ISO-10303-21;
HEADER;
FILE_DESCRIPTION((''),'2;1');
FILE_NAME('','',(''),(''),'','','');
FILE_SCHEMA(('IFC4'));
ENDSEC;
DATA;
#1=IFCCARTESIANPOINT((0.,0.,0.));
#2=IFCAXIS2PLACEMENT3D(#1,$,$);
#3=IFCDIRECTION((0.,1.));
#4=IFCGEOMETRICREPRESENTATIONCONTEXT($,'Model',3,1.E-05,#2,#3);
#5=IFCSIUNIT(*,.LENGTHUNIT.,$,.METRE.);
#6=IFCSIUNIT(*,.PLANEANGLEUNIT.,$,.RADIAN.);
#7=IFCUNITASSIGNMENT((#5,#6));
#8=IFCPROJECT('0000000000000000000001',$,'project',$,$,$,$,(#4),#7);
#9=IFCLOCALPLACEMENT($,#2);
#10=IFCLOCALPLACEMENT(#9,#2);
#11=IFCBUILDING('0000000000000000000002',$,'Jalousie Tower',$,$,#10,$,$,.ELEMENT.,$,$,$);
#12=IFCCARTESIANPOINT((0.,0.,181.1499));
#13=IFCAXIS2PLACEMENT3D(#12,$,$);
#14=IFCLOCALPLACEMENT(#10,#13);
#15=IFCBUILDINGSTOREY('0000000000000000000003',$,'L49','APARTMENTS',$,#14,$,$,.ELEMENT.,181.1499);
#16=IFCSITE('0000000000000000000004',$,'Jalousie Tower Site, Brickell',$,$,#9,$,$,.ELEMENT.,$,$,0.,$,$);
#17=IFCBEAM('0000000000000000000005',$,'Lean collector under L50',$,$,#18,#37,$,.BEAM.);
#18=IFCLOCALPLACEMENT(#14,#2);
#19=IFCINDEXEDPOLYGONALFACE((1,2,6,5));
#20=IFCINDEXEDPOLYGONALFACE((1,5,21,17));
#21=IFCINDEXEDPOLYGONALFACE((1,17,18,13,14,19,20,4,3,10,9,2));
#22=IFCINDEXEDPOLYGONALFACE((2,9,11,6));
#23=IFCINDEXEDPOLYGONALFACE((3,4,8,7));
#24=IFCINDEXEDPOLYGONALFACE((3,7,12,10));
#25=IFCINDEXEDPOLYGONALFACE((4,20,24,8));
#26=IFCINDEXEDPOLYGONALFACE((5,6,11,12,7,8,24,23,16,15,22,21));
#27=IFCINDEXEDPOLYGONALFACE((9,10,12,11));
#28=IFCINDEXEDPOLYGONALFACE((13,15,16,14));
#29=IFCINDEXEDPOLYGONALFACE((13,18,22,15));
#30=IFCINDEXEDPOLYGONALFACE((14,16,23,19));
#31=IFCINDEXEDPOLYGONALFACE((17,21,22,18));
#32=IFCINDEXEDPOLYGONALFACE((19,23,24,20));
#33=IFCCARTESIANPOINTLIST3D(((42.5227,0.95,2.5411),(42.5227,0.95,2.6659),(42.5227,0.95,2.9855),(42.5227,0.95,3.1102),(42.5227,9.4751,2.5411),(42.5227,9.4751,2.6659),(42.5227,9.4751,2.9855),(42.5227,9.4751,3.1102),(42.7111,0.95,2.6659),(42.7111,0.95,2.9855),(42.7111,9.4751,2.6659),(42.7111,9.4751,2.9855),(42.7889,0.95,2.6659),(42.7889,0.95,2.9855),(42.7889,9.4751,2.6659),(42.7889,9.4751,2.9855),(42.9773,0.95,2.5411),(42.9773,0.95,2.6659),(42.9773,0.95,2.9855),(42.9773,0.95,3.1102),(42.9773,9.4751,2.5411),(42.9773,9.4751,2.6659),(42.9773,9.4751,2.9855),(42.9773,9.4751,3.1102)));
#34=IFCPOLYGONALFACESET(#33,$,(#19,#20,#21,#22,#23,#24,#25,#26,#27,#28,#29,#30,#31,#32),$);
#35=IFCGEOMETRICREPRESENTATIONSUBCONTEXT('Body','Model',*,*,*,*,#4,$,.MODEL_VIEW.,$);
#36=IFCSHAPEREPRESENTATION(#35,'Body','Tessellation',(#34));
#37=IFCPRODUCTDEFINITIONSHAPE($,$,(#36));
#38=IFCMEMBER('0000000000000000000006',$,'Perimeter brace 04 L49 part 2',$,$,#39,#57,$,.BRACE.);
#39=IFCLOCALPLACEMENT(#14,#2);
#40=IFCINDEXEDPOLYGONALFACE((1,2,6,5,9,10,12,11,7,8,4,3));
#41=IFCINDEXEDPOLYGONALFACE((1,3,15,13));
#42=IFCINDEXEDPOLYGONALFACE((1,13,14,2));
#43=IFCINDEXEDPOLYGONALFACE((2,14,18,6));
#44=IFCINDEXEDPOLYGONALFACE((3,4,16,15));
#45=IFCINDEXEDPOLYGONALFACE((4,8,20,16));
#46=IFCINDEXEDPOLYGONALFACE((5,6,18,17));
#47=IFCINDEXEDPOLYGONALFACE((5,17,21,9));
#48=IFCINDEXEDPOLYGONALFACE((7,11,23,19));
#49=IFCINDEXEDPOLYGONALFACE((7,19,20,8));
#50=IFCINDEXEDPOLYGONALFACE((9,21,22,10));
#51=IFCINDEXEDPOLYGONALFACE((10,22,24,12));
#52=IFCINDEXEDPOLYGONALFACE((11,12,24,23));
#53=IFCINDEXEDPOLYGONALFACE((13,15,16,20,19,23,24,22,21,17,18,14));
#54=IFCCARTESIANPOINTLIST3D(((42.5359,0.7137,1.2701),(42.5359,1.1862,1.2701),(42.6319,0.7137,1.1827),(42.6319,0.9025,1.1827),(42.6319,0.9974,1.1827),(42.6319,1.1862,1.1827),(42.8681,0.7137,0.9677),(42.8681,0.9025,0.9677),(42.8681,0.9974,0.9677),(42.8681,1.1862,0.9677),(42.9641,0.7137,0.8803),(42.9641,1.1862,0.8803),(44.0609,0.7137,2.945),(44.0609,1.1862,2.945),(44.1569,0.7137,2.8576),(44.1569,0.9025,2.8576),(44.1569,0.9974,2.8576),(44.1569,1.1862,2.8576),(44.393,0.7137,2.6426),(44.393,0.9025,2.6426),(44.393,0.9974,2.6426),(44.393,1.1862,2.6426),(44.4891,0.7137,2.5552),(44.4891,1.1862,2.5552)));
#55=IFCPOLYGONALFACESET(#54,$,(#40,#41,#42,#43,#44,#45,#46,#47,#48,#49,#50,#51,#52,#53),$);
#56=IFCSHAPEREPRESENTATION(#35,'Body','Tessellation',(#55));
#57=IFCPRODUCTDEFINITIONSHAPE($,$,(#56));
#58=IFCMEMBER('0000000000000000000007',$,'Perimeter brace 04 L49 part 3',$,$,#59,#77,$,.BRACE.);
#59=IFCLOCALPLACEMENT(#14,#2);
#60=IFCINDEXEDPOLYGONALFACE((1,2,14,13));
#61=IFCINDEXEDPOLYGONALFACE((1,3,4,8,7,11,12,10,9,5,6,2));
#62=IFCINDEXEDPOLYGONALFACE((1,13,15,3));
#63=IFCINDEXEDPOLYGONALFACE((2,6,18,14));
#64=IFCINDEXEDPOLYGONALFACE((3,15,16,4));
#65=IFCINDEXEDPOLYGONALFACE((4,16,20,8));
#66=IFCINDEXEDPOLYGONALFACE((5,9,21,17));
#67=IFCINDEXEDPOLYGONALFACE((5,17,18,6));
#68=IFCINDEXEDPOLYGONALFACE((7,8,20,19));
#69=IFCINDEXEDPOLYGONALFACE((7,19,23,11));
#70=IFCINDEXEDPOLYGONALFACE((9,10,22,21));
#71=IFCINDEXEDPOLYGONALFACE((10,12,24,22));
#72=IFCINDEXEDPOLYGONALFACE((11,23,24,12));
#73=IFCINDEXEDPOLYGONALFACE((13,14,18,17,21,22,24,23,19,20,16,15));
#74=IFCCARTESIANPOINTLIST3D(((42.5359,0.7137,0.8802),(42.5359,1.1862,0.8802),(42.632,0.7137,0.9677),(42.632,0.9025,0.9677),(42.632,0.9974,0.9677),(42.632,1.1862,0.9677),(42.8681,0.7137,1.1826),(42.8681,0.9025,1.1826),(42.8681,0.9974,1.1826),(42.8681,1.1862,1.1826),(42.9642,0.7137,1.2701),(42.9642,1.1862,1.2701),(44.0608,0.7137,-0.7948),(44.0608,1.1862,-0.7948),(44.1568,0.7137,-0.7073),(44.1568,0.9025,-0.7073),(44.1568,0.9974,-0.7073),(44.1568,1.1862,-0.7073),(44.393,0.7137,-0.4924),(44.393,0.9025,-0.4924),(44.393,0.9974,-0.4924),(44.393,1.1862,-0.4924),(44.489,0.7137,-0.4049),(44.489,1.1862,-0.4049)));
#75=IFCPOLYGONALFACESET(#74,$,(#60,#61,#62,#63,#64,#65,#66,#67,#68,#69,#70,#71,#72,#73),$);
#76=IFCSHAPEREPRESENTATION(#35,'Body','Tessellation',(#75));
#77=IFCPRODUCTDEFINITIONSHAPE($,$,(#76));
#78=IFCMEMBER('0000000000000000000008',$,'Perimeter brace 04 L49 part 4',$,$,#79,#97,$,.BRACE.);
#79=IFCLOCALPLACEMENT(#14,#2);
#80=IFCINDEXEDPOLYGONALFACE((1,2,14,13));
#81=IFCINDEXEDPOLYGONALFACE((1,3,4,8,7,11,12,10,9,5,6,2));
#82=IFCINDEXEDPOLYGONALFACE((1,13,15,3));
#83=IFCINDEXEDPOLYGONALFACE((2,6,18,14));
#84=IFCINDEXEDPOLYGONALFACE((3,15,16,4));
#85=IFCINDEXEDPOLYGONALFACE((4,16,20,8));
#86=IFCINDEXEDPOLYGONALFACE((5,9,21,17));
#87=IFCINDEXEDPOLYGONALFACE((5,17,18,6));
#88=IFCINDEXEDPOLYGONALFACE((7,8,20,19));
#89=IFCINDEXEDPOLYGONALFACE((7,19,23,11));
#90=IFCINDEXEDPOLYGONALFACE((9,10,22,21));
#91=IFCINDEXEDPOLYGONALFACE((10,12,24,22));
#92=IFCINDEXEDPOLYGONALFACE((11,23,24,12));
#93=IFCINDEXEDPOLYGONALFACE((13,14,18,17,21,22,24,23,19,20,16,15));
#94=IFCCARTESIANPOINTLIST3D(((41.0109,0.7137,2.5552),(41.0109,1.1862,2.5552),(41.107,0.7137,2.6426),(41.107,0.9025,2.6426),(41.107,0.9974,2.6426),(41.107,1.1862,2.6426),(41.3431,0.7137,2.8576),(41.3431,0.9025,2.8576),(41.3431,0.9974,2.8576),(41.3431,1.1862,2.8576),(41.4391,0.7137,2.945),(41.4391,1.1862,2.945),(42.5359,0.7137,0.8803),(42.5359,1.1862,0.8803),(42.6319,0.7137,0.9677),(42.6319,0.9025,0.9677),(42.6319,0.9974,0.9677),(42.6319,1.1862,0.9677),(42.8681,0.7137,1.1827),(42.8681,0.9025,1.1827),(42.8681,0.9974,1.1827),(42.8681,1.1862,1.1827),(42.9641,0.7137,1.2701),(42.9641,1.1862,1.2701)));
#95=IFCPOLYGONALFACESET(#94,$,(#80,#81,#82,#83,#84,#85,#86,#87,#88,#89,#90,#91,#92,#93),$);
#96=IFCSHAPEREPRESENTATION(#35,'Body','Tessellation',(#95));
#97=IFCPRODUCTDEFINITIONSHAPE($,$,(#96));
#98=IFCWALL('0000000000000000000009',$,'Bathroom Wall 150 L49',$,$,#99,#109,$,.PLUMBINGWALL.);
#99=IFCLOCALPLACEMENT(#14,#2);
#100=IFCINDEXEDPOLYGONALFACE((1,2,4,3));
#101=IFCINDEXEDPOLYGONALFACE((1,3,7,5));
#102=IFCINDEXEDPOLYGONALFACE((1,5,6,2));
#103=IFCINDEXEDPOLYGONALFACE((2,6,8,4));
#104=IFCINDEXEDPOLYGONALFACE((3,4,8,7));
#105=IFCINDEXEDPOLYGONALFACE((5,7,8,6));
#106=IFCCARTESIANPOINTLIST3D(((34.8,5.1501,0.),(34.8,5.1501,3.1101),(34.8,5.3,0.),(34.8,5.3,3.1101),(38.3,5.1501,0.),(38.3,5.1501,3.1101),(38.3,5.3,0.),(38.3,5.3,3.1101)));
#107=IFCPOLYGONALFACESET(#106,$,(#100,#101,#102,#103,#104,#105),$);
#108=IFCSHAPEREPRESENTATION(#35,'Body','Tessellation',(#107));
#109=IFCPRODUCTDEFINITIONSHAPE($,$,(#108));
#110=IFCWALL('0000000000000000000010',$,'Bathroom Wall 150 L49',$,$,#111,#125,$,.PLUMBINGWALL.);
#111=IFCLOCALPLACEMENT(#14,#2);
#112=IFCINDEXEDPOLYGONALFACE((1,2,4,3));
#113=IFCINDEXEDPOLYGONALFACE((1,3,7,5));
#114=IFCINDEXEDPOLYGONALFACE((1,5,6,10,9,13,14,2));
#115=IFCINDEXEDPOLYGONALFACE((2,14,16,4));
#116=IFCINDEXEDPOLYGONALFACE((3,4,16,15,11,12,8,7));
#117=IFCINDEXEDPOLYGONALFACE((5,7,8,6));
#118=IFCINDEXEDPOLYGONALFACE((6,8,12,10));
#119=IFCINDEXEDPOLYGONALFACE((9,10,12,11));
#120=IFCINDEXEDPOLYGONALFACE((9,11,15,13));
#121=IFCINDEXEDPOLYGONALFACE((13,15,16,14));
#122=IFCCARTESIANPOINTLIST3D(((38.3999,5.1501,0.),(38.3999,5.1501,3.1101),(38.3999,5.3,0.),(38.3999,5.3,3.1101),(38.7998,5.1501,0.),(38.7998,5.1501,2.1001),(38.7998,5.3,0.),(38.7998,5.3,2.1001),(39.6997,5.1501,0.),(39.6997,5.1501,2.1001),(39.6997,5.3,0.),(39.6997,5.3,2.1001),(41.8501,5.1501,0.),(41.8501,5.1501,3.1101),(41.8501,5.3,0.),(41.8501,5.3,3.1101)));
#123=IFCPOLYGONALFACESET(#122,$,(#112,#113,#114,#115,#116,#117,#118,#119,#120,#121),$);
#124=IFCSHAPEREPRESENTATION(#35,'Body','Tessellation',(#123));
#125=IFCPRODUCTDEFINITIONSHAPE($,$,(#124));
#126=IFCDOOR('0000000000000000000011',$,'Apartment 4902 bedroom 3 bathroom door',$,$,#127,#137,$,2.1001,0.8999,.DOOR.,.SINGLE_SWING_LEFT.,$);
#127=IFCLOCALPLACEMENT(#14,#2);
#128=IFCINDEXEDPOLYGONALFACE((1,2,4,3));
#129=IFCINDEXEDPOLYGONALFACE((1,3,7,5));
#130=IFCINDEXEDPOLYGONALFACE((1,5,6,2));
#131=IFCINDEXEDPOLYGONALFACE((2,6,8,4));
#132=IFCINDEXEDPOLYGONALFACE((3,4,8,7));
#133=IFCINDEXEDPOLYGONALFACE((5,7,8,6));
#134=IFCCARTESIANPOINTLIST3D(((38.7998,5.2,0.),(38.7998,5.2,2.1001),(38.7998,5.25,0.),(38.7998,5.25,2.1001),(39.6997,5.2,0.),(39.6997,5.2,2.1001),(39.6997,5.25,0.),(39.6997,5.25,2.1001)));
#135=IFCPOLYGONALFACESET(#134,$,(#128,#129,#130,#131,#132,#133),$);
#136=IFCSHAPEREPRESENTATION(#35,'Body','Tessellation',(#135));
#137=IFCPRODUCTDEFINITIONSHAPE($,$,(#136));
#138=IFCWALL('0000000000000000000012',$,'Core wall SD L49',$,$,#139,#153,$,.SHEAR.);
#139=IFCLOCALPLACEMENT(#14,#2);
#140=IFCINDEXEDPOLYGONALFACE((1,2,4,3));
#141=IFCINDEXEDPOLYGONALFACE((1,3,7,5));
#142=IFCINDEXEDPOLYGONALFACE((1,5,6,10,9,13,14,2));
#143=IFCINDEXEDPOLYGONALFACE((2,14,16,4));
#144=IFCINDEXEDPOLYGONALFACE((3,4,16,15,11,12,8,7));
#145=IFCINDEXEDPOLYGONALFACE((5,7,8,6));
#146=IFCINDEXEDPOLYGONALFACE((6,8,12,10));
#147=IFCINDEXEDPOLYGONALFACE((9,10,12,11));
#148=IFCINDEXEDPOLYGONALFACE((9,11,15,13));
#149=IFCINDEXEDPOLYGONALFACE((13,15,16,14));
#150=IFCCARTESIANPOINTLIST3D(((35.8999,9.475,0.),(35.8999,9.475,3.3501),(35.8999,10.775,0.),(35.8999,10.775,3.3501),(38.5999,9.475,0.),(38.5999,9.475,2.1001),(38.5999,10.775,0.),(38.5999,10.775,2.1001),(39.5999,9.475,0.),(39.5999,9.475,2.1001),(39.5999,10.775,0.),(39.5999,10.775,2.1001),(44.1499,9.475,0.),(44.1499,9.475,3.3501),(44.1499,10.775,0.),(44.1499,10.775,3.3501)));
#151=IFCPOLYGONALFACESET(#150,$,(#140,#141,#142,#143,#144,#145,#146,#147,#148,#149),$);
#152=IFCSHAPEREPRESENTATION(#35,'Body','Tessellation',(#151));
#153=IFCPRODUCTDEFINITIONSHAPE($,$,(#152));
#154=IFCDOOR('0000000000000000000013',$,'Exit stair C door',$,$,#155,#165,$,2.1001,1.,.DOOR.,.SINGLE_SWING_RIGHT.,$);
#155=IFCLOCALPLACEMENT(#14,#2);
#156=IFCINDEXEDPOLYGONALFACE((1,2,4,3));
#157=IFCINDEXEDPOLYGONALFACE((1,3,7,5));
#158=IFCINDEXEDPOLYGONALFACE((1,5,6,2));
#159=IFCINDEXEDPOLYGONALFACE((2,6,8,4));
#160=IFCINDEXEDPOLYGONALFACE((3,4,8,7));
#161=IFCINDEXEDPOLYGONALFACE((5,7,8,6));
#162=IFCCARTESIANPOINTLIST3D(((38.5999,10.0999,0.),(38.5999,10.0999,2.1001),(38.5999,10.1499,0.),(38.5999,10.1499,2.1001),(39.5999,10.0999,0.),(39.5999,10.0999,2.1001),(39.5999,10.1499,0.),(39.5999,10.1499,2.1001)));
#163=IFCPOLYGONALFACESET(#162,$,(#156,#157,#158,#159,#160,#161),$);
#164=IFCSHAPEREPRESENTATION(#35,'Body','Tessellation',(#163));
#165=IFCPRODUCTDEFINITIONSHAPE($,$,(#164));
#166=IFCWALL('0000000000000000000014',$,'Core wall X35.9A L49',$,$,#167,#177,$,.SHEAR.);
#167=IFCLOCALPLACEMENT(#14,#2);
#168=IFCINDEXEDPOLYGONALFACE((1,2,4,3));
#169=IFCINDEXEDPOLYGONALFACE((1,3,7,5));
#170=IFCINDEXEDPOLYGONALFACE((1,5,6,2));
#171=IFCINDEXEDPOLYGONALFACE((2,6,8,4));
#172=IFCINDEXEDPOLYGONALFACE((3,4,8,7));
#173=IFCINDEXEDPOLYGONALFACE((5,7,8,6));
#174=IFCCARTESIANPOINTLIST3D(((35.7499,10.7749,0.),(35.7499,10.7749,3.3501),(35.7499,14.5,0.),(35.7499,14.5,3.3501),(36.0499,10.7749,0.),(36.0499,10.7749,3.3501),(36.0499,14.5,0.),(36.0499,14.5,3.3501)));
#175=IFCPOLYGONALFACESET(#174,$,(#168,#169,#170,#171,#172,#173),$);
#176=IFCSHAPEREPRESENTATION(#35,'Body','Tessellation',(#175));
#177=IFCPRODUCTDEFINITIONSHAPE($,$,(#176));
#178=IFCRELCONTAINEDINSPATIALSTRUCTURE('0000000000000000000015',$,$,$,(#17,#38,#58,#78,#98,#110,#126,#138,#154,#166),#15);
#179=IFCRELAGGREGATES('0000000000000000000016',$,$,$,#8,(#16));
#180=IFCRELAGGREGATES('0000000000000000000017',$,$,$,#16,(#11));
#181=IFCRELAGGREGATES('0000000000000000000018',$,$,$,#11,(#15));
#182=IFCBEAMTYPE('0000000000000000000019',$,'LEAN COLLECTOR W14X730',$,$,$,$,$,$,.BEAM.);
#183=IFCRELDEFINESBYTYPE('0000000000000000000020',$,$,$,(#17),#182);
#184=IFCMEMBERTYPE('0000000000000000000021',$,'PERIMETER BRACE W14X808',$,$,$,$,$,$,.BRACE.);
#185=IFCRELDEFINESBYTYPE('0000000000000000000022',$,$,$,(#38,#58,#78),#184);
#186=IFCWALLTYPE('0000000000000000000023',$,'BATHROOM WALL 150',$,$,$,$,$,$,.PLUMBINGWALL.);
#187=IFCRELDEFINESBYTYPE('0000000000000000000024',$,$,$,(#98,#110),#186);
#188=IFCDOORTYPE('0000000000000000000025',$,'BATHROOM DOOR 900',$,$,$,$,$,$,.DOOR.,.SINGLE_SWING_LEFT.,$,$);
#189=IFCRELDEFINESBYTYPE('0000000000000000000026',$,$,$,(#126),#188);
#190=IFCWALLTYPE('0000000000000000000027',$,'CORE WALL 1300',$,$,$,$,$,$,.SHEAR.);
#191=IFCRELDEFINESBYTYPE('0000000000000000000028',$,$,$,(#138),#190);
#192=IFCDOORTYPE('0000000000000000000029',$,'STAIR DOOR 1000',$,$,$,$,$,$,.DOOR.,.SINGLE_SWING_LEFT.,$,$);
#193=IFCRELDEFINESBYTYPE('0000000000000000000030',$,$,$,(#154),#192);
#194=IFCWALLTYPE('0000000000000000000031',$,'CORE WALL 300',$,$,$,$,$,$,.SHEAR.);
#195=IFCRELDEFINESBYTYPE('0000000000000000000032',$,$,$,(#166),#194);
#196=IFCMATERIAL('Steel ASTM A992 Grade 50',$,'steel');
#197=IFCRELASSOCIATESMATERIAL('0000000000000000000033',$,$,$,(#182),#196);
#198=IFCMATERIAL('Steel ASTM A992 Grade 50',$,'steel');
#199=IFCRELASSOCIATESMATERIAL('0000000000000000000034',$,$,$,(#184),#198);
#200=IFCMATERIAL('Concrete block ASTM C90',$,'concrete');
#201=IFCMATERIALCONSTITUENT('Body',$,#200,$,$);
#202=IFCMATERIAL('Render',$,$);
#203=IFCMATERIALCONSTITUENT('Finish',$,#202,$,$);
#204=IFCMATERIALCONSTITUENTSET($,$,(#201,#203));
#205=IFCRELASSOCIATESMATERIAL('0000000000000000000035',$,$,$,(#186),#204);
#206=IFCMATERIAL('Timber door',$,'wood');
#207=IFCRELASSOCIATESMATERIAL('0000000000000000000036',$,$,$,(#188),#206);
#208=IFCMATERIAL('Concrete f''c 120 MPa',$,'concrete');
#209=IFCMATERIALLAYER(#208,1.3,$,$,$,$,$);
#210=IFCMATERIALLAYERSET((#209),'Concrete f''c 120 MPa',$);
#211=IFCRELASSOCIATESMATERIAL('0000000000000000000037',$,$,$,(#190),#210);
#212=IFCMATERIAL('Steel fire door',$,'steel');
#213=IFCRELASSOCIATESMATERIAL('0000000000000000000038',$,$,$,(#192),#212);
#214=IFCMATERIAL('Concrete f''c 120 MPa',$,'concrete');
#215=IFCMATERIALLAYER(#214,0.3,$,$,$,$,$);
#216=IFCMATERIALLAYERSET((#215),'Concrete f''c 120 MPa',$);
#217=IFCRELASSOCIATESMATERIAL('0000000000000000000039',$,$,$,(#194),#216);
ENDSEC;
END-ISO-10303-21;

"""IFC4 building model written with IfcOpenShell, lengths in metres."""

from ifc_helpers import new_model, si_unit, direction, frame, frame_2d, origin, origin_2d, place, context, subcontext, project, spatial, rectangle, i_section, extrude, material, layer, layer_set, constituent, constituent_set, material_profile, profile_set, type_object, element, fill, save


model = new_model("IFC4")

# Units and contexts
model_context = context("Model", 3, precision=1e-05, world=origin(), true_north=direction((0.0, 1.0)))
body_context = subcontext(model_context, "Body", "Model", "MODEL_VIEW")
ifc_project = project(units=[si_unit("LENGTHUNIT", "METRE"), si_unit("PLANEANGLEUNIT", "RADIAN")], contexts=[model_context])

# Site, building, storey
site_placement = place(None, origin())
site = spatial("IfcSite", under=ifc_project, at=site_placement, Name="Jalousie Tower Site, Brickell", CompositionType="ELEMENT", RefElevation=0.0)
building_placement = place(site_placement, origin())
building = spatial("IfcBuilding", under=site, at=building_placement, Name="Jalousie Tower", CompositionType="ELEMENT")
storey_placement = place(building_placement, frame((0.0, 0.0, 181.1499)))
storey = spatial("IfcBuildingStorey", under=building, at=storey_placement, Name="L49", Description="APARTMENTS", CompositionType="ELEMENT", Elevation=181.1499)

# Beam
ifc_material_1 = material(Name="Steel ASTM A992 Grade 50", Category="steel")
ifc_material_profile_1 = material_profile(ifc_material_1, i_section(OverallWidth=0.4546, OverallDepth=0.5691, WebThickness=0.0779, FlangeThickness=0.1248, at=origin_2d()), Name="W14X730")
ifc_profile_set_1 = profile_set([ifc_material_profile_1], Name="Steel ASTM A992 Grade 50")
beam_type = type_object("IfcBeamType", Name="LEAN COLLECTOR W14X730", PredefinedType="BEAM", material=ifc_profile_set_1)
beam_placement = place(storey_placement, frame((42.75, 0.95, 2.8257), z_axis=(0.0, 1.0, 0.0), x_axis=(-1.0, 0.0, 0.0)))
element("IfcBeam", 1, at=beam_placement, inside=storey, type_object=beam_type, Name="Lean collector under L50", PredefinedType="BEAM", context=body_context, shape_type="SweptSolid", body=[
    extrude(i_section(OverallWidth=0.4546, OverallDepth=0.5691, WebThickness=0.0779, FlangeThickness=0.1248, at=origin_2d()), origin(), (0.0, 0.0, 1.0), 8.5251),
])

# Members
ifc_material_2 = material(Name="Steel ASTM A992 Grade 50", Category="steel")
ifc_material_profile_2 = material_profile(ifc_material_2, i_section(OverallWidth=0.4724, OverallDepth=0.5791, WebThickness=0.095, FlangeThickness=0.1299, at=origin_2d()), Name="W14X808")
ifc_profile_set_2 = profile_set([ifc_material_profile_2], Name="Steel ASTM A992 Grade 50")
member_type = type_object("IfcMemberType", Name="PERIMETER BRACE W14X808", PredefinedType="BRACE", material=ifc_profile_set_2)
for number, where, z_axis, x_axis, name in (
    (2, (42.75, 0.95, 1.0752), (0.673241, 0.0, 0.739423), (0.0, 1.0, 0.0), "Perimeter brace 04 L49 part 2"),
    (3, (44.2749, 0.95, -0.5999), (-0.673188, 0.0, 0.739472), (0.0, -1.0, 0.0), "Perimeter brace 04 L49 part 3"),
    (4, (42.75, 0.95, 1.0752), (-0.673241, 0.0, 0.739423), (0.0, -1.0, 0.0), "Perimeter brace 04 L49 part 4"),
):
    element("IfcMember", number, at=place(storey_placement, frame(where, z_axis=z_axis, x_axis=x_axis)), inside=storey, type_object=member_type, Name=name, PredefinedType="BRACE", context=body_context, shape_type="SweptSolid", body=[
        extrude(i_section(OverallWidth=0.4724, OverallDepth=0.5791, WebThickness=0.095, FlangeThickness=0.1299, at=origin_2d()), origin(), (0.0, 0.0, 1.0), 2.2651),
    ])

# Wall
ifc_material_3 = material(Name="Concrete block ASTM C90", Category="concrete")
ifc_constituent_1 = constituent(ifc_material_3, Name="Body")
ifc_material_4 = material(Name="Render")
ifc_constituent_2 = constituent(ifc_material_4, Name="Finish")
ifc_constituent_set_1 = constituent_set(constituents=[ifc_constituent_1, ifc_constituent_2])
wall_type_1 = type_object("IfcWallType", Name="BATHROOM WALL 150", PredefinedType="PLUMBINGWALL", material=ifc_constituent_set_1)
wall_1_placement = place(storey_placement, frame((34.8, 5.2251, 0.0), z_axis=(0.0, 0.0, 1.0), x_axis=(1.0, 0.0, 0.0)))
element("IfcWall", 5, at=wall_1_placement, inside=storey, type_object=wall_type_1, Name="Bathroom Wall 150 L49", PredefinedType="PLUMBINGWALL", context=body_context, shape_type="SweptSolid", body=[
    extrude(rectangle(XDim=3.5, YDim=0.1499, at=frame_2d((1.75, 0.0))), origin(), (0.0, 0.0, 1.0), 3.1101),
])

# Walls, openings, doors
wall_2_placement = place(storey_placement, frame((38.3999, 5.2251, 0.0), z_axis=(0.0, 0.0, 1.0), x_axis=(1.0, 0.0, 0.0)))
wall_2 = element("IfcWall", 6, at=wall_2_placement, inside=storey, type_object=wall_type_1, Name="Bathroom Wall 150 L49", PredefinedType="PLUMBINGWALL", context=body_context, shape_type="SweptSolid", body=[
    extrude(rectangle(XDim=3.4502, YDim=0.1499, at=frame_2d((1.7251, 0.0))), origin(), (0.0, 0.0, 1.0), 3.1101),
])
opening_1_placement = place(wall_2_placement, frame((0.3999, 0.0, 0.0)))
opening_1 = element("IfcOpeningElement", 7, at=opening_1_placement, cuts=wall_2, PredefinedType="OPENING", context=body_context, shape_type="SweptSolid", body=[
    extrude(rectangle(XDim=0.8999, YDim=2.1001, at=frame_2d((0.45, 1.05))), frame((0.0, 0.085, 0.0), z_axis=(0.0, -1.0, 0.0), x_axis=(1.0, 0.0, 0.0)), (0.0, 0.0, 1.0), 0.1699),
])
ifc_material_5 = material(Name="Timber door", Category="wood")
door_type_1 = type_object("IfcDoorType", Name="BATHROOM DOOR 900", OperationType="SINGLE_SWING_LEFT", PredefinedType="DOOR", material=ifc_material_5)
door_1_placement = place(opening_1_placement, origin())
door_1 = element("IfcDoor", 8, at=door_1_placement, inside=storey, type_object=door_type_1, Name="Apartment 4902 bedroom 3 bathroom door", OperationType="SINGLE_SWING_LEFT", OverallHeight=2.1001, OverallWidth=0.8999, PredefinedType="DOOR", context=body_context, shape_type="SweptSolid", body=[
    extrude(rectangle(XDim=0.8999, YDim=2.1001, at=frame_2d((0.45, 1.05))), frame((0.0, 0.0249, 0.0), z_axis=(0.0, -1.0, 0.0), x_axis=(1.0, 0.0, 0.0)), (0.0, 0.0, 1.0), 0.05),
])
fill(opening_1, door_1)
ifc_material_6 = material(Name="Concrete f'c 120 MPa", Category="concrete")
ifc_layer_1 = layer(ifc_material_6, 1.3)
ifc_layer_set_1 = layer_set([ifc_layer_1], Name="Concrete f'c 120 MPa")
wall_type_2 = type_object("IfcWallType", Name="CORE WALL 1300", PredefinedType="SHEAR", material=ifc_layer_set_1)
wall_3_placement = place(storey_placement, frame((35.8999, 10.125, 0.0), z_axis=(0.0, 0.0, 1.0), x_axis=(1.0, 0.0, 0.0)))
wall_3 = element("IfcWall", 9, at=wall_3_placement, inside=storey, type_object=wall_type_2, Name="Core wall SD L49", PredefinedType="SHEAR", context=body_context, shape_type="SweptSolid", body=[
    extrude(rectangle(XDim=8.25, YDim=1.3, at=frame_2d((4.125, 0.0))), origin(), (0.0, 0.0, 1.0), 3.3501),
])
opening_2_placement = place(wall_3_placement, frame((2.7, 0.0, 0.0)))
opening_2 = element("IfcOpeningElement", 10, at=opening_2_placement, cuts=wall_3, PredefinedType="OPENING", context=body_context, shape_type="SweptSolid", body=[
    extrude(rectangle(XDim=1.0, YDim=2.1001, at=frame_2d((0.5, 1.05))), frame((0.0, 0.6599, 0.0), z_axis=(0.0, -1.0, 0.0), x_axis=(1.0, 0.0, 0.0)), (0.0, 0.0, 1.0), 1.3201),
])
ifc_material_7 = material(Name="Steel fire door", Category="steel")
door_type_2 = type_object("IfcDoorType", Name="STAIR DOOR 1000", OperationType="SINGLE_SWING_LEFT", PredefinedType="DOOR", material=ifc_material_7)
door_2_placement = place(opening_2_placement, origin())
door_2 = element("IfcDoor", 11, at=door_2_placement, inside=storey, type_object=door_type_2, Name="Exit stair C door", OperationType="SINGLE_SWING_RIGHT", OverallHeight=2.1001, OverallWidth=1.0, PredefinedType="DOOR", context=body_context, shape_type="SweptSolid", body=[
    extrude(rectangle(XDim=1.0, YDim=2.1001, at=frame_2d((0.5, 1.05))), frame((0.0, 0.0249, 0.0), z_axis=(0.0, -1.0, 0.0), x_axis=(1.0, 0.0, 0.0)), (0.0, 0.0, 1.0), 0.05),
])
fill(opening_2, door_2)

# Wall
ifc_material_8 = material(Name="Concrete f'c 120 MPa", Category="concrete")
ifc_layer_2 = layer(ifc_material_8, 0.3)
ifc_layer_set_2 = layer_set([ifc_layer_2], Name="Concrete f'c 120 MPa")
wall_type_3 = type_object("IfcWallType", Name="CORE WALL 300", PredefinedType="SHEAR", material=ifc_layer_set_2)
wall_4_placement = place(storey_placement, frame((35.8999, 10.7749, 0.0), z_axis=(0.0, 0.0, 1.0), x_axis=(0.0, 1.0, 0.0)))
element("IfcWall", 12, at=wall_4_placement, inside=storey, type_object=wall_type_3, Name="Core wall X35.9A L49", PredefinedType="SHEAR", context=body_context, shape_type="SweptSolid", body=[
    extrude(rectangle(XDim=3.7251, YDim=0.3, at=frame_2d((1.8625, 0.0))), origin(), (0.0, 0.0, 1.0), 3.3501),
])

save(model, "model.ifc")
